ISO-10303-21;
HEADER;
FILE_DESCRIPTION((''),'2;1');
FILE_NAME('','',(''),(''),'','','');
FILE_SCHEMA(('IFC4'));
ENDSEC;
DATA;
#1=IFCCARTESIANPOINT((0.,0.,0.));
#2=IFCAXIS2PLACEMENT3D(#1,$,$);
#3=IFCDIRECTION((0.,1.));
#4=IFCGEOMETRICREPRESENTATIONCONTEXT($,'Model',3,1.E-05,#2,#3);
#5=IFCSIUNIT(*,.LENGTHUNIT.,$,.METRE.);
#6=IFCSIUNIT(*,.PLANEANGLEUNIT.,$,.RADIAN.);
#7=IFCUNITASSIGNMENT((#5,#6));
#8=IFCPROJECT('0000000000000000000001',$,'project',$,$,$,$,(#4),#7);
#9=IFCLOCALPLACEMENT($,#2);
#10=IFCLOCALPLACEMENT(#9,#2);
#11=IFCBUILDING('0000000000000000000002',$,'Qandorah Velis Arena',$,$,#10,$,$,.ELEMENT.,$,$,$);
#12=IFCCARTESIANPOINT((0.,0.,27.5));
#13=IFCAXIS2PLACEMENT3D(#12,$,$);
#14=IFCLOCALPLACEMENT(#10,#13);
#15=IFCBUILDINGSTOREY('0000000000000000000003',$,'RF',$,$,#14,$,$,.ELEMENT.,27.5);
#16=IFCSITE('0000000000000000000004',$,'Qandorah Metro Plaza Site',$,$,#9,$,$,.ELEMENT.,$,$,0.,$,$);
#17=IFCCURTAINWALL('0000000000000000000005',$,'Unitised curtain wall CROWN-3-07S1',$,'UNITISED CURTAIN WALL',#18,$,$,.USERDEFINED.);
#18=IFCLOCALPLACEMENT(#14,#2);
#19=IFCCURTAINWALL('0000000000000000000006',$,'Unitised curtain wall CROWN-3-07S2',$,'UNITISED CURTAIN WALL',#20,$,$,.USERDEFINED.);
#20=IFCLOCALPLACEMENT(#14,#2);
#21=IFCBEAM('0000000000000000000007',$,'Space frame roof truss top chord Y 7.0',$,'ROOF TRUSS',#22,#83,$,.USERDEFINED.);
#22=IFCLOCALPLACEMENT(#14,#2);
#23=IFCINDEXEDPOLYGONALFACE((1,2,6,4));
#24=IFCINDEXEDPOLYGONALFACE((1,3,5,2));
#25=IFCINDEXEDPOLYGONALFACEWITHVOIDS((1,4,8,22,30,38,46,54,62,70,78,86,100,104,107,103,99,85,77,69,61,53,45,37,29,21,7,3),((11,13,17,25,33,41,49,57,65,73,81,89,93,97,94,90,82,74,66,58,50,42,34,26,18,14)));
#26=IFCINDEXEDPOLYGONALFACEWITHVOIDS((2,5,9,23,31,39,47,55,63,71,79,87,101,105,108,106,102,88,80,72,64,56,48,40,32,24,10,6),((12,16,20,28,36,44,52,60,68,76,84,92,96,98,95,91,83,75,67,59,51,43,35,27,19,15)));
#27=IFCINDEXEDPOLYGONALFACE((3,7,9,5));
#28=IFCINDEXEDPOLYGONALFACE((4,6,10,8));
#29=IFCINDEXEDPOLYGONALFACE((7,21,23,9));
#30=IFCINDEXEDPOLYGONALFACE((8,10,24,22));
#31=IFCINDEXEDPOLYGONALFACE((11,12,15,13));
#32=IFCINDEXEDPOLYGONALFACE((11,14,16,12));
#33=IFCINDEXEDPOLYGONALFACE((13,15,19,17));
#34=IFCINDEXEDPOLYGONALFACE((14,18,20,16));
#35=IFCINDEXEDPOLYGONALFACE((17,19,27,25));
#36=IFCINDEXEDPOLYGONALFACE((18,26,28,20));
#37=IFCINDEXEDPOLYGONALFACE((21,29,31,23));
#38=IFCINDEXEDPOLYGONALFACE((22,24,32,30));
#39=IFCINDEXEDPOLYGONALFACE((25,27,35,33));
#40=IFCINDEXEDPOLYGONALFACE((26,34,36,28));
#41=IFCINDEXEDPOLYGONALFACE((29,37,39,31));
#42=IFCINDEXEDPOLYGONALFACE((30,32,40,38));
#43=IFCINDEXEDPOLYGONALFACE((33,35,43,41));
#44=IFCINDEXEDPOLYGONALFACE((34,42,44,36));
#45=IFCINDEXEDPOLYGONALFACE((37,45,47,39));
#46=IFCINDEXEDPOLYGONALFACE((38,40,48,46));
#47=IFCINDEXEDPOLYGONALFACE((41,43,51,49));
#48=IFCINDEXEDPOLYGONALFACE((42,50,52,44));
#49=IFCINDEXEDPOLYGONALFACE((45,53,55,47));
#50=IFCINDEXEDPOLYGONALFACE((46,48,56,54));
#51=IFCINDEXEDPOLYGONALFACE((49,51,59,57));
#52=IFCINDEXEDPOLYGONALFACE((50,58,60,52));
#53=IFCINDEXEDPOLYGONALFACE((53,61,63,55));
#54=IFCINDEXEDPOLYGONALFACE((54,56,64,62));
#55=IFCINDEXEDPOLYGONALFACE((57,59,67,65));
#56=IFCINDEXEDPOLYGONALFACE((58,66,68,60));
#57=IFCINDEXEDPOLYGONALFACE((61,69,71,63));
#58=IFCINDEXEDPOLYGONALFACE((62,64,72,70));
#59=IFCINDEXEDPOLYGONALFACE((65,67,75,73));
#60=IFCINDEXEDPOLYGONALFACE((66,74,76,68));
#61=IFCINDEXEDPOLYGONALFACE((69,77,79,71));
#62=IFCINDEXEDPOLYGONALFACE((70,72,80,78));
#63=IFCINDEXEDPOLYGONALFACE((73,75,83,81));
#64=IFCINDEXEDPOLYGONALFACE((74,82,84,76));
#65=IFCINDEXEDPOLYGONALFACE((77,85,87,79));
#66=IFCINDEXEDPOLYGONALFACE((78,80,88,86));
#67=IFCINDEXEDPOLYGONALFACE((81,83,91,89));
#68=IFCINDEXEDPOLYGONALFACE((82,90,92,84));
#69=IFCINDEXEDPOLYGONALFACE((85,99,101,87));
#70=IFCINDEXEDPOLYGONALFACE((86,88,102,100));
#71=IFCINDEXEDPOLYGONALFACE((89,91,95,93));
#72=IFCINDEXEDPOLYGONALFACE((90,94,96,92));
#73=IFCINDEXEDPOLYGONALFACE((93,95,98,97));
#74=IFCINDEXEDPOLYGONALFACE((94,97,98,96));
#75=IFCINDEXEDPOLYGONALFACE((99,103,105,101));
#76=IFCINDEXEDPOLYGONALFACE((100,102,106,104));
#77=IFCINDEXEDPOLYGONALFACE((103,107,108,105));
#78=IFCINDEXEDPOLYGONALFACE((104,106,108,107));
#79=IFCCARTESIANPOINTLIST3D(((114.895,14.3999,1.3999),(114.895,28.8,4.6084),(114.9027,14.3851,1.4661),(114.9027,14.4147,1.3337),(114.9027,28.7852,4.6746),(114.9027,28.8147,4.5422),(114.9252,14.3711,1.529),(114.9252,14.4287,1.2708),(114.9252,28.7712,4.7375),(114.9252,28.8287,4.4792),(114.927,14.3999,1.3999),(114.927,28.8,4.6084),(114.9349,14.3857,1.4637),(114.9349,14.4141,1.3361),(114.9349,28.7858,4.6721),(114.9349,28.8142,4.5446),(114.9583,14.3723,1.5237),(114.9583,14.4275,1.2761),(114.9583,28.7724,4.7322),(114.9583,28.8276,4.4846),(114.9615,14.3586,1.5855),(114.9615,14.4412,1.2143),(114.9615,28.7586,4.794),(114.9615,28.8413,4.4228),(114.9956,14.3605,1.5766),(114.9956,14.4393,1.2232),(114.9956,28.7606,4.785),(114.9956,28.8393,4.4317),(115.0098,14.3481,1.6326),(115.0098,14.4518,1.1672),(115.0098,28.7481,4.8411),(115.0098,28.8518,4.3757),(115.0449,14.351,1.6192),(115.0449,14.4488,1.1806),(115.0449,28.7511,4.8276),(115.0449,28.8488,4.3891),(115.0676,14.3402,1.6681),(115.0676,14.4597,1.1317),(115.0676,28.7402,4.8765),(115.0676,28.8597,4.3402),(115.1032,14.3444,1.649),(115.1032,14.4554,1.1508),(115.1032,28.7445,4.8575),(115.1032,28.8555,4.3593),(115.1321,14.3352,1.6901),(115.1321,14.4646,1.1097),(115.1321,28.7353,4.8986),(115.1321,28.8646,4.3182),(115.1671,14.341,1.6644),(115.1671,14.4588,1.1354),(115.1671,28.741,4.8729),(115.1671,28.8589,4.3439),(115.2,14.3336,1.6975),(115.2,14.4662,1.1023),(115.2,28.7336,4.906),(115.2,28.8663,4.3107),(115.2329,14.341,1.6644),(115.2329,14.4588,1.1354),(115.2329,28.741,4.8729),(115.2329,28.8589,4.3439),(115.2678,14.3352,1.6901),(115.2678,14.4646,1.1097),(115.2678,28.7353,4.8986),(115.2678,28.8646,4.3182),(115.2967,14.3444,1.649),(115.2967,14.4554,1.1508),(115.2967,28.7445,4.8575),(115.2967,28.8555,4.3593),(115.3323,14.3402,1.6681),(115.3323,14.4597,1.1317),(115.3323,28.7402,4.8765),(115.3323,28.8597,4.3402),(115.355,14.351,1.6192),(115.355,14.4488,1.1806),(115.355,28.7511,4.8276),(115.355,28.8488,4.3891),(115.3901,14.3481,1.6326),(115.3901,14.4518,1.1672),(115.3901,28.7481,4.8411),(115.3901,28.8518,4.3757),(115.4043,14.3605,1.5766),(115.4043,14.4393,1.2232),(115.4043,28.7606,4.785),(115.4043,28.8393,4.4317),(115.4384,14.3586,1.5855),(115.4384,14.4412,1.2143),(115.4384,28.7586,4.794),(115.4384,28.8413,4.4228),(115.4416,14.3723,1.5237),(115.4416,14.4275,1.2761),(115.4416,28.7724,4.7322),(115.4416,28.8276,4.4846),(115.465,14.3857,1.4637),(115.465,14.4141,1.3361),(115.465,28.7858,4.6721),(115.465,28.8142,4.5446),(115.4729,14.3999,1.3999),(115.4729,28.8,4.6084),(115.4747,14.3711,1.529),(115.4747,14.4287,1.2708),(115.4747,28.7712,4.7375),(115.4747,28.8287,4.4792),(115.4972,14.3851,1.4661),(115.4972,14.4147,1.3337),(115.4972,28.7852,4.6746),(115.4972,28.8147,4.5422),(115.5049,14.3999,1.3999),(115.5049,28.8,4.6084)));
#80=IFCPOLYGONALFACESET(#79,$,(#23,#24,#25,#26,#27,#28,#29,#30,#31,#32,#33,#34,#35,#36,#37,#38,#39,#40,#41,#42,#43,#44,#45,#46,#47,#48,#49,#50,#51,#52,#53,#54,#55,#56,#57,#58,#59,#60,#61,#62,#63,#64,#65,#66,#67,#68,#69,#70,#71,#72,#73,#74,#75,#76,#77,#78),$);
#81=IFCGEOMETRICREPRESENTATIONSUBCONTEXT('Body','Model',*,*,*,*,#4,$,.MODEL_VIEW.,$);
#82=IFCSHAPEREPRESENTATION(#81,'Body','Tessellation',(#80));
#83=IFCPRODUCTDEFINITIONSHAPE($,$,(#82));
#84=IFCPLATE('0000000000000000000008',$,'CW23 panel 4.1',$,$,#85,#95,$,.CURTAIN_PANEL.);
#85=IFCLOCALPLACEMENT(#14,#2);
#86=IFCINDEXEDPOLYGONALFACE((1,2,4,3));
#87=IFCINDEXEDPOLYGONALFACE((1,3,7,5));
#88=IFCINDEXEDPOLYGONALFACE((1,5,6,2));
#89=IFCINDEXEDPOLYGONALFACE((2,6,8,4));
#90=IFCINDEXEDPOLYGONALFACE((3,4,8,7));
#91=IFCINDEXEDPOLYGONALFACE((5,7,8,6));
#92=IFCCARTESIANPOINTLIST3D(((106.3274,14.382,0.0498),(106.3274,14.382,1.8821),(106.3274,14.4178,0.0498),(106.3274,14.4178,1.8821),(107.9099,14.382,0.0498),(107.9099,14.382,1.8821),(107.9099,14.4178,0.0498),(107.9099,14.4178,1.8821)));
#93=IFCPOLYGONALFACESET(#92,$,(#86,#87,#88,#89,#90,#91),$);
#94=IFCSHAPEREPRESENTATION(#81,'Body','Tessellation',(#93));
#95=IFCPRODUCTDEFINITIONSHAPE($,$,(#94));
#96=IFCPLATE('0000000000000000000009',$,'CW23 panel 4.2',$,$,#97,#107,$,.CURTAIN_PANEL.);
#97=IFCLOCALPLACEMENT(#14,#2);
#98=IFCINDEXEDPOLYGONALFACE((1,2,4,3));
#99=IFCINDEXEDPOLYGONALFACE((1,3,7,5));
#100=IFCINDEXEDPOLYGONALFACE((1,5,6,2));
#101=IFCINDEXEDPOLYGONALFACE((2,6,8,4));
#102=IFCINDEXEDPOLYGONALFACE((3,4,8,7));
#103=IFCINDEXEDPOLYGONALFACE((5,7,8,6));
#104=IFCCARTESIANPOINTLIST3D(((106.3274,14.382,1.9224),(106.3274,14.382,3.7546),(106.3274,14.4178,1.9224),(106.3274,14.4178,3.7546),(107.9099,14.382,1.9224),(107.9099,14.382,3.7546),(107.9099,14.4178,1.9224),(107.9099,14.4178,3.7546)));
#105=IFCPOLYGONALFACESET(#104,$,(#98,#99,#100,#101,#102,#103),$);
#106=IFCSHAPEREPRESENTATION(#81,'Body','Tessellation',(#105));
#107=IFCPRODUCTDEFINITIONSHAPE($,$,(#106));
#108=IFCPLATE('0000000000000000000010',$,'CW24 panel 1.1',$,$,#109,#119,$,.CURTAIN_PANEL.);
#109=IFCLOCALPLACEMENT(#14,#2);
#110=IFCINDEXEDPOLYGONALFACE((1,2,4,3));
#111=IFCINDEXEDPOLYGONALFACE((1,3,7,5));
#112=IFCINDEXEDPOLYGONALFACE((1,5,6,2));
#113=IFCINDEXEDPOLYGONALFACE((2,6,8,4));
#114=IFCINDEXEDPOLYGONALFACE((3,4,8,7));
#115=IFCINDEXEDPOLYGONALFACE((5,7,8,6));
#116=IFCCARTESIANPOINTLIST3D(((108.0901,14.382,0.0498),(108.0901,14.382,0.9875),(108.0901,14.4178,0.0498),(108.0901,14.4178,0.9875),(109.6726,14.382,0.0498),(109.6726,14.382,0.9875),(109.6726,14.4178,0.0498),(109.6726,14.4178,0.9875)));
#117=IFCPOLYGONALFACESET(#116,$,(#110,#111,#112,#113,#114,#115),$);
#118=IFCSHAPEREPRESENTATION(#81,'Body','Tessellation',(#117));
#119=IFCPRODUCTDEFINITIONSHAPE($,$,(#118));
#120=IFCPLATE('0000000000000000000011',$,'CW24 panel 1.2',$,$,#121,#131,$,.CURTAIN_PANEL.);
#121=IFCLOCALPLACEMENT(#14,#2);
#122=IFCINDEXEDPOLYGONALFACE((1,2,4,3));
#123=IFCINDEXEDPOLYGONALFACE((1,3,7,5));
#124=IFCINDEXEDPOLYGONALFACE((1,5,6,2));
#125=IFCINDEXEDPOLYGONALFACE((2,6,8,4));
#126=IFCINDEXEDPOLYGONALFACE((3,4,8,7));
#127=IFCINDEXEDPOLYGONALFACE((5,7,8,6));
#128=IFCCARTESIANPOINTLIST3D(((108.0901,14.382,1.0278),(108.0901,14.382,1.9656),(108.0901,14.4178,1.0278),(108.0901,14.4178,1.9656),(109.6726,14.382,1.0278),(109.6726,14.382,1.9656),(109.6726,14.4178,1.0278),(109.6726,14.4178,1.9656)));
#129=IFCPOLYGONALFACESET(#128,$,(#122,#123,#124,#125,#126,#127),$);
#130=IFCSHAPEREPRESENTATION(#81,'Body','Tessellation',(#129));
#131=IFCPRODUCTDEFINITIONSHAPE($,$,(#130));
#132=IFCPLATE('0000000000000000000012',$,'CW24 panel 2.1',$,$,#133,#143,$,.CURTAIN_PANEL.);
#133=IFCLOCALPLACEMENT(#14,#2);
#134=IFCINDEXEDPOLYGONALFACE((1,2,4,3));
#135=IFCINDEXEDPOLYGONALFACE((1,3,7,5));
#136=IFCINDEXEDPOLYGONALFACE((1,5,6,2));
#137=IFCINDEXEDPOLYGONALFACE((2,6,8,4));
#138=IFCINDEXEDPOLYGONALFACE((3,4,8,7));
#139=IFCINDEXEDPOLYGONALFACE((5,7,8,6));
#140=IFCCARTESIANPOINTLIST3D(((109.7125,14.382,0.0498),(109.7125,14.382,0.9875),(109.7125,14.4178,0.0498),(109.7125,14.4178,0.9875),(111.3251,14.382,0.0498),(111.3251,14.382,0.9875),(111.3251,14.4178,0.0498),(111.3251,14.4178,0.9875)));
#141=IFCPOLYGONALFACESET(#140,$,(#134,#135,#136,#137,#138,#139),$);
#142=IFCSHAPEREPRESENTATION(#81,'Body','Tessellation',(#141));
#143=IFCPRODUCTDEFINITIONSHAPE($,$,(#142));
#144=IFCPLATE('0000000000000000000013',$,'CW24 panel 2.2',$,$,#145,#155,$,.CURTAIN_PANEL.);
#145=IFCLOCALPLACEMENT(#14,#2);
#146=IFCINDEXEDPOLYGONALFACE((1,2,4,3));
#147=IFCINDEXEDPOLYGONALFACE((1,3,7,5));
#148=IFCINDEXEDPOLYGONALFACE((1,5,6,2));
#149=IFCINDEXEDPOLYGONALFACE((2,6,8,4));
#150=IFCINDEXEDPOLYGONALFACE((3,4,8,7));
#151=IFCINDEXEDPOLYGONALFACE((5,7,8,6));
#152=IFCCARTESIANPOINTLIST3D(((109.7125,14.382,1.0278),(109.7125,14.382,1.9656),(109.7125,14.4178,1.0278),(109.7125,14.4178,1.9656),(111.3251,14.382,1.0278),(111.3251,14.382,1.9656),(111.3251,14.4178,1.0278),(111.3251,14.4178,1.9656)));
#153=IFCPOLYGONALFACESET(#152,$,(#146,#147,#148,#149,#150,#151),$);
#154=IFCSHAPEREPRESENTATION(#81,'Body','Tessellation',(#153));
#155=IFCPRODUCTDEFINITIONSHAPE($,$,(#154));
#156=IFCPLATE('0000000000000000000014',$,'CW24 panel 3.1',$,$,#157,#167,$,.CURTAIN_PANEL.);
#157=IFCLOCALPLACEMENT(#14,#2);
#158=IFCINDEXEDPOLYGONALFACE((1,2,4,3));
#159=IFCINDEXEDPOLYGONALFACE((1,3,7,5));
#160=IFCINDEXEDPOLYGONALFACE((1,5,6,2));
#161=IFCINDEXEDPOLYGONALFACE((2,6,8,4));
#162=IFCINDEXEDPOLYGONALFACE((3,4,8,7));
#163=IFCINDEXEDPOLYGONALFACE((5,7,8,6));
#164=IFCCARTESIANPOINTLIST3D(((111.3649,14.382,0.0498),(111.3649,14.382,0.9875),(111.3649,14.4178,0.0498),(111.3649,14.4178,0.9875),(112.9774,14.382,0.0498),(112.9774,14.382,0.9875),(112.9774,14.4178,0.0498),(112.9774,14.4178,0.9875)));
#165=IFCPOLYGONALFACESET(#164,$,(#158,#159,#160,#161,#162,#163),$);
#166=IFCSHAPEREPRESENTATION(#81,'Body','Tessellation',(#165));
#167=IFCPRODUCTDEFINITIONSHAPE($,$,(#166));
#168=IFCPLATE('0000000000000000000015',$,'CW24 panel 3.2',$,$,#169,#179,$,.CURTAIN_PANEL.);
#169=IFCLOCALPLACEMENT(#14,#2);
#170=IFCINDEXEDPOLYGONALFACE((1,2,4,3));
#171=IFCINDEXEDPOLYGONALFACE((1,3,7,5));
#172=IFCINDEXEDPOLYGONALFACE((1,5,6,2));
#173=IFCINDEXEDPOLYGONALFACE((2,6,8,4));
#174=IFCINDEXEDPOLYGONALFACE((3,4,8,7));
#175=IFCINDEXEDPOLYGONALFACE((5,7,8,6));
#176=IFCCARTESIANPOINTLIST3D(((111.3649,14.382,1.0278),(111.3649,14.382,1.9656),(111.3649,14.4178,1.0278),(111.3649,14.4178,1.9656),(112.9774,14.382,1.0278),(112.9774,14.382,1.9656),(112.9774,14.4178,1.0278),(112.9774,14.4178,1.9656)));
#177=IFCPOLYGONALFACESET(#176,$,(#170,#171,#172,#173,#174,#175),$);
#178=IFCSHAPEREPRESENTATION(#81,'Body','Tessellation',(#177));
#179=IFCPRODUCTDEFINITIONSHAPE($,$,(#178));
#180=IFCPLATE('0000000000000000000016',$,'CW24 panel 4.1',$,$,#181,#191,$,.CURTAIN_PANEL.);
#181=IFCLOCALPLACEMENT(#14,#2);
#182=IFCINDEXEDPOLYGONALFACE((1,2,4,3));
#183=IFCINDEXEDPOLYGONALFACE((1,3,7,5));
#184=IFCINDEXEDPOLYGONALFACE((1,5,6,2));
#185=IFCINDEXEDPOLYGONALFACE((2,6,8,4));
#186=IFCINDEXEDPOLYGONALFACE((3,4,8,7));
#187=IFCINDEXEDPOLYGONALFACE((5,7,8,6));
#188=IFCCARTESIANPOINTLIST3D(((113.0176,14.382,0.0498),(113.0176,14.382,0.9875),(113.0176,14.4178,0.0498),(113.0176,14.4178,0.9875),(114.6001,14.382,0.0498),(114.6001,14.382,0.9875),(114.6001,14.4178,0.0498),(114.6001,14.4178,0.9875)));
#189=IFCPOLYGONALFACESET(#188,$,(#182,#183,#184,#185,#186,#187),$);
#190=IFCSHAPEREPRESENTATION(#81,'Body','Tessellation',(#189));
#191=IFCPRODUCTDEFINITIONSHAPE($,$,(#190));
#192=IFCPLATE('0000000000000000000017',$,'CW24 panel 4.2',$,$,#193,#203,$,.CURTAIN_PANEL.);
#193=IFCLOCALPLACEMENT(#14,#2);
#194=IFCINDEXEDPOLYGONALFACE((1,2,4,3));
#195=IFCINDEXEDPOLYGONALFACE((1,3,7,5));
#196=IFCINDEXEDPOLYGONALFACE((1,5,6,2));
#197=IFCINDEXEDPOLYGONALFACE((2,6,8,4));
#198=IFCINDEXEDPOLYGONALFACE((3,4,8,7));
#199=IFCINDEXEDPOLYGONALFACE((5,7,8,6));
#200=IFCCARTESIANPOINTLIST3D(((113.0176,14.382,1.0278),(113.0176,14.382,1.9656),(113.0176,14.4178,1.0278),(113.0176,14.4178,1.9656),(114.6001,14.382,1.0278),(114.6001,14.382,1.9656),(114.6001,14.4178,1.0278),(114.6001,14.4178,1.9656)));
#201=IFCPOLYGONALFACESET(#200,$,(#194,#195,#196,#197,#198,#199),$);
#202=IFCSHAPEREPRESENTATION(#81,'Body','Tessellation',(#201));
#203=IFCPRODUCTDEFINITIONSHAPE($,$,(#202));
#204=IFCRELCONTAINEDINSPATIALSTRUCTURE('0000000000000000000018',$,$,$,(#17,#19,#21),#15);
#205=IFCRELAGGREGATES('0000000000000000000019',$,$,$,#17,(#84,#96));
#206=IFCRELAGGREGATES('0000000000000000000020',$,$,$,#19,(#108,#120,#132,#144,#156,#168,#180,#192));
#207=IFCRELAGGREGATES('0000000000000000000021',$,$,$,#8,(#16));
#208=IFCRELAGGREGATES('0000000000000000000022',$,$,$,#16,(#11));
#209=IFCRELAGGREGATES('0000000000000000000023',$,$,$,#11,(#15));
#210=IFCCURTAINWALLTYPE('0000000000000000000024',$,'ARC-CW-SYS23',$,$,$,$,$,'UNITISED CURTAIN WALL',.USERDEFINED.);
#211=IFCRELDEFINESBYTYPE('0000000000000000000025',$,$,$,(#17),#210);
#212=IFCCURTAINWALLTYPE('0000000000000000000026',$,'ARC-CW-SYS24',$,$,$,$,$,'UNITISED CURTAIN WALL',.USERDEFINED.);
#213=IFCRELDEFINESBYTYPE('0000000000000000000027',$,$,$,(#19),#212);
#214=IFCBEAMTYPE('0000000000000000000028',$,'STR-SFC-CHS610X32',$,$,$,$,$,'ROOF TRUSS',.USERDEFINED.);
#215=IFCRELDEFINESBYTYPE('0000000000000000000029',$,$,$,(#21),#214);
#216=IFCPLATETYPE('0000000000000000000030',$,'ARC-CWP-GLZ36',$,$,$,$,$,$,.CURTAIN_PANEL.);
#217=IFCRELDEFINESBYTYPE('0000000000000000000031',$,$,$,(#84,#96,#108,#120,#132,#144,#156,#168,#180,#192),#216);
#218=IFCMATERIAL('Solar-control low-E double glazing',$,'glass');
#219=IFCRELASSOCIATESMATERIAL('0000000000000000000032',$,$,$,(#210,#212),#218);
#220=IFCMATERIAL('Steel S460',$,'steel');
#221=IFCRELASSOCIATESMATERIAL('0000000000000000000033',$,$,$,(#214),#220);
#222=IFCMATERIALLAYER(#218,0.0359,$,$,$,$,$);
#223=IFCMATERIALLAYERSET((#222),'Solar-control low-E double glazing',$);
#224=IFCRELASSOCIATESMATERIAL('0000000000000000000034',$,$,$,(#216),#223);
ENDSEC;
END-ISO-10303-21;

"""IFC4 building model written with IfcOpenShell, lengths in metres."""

from ifc_helpers import new_model, si_unit, direction, frame, origin, origin_2d, place, context, subcontext, project, spatial, rectangle, hollow_circle, extrude, material, layer, layer_set, material_profile, profile_set, type_object, element, aggregate, save


model = new_model("IFC4")

# Units and contexts
model_context = context("Model", 3, precision=1e-05, world=origin(), true_north=direction((0.0, 1.0)))
body_context = subcontext(model_context, "Body", "Model", "MODEL_VIEW")
ifc_project = project(units=[si_unit("LENGTHUNIT", "METRE"), si_unit("PLANEANGLEUNIT", "RADIAN")], contexts=[model_context])

# Site, building, storey
site_placement = place(None, origin())
site = spatial("IfcSite", under=ifc_project, at=site_placement, Name="Qandorah Metro Plaza Site", CompositionType="ELEMENT", RefElevation=0.0)
building_placement = place(site_placement, origin())
building = spatial("IfcBuilding", under=site, at=building_placement, Name="Qandorah Velis Arena", CompositionType="ELEMENT")
storey_placement = place(building_placement, frame((0.0, 0.0, 27.5)))
storey = spatial("IfcBuildingStorey", under=building, at=storey_placement, Name="RF", CompositionType="ELEMENT", Elevation=27.5)

# Curtain wall
ifc_material_1 = material(Name="Solar-control low-E double glazing", Category="glass")
curtain_wall_type_1 = type_object("IfcCurtainWallType", Name="ARC-CW-SYS23", ElementType="UNITISED CURTAIN WALL", PredefinedType="USERDEFINED", material=ifc_material_1)
curtain_wall_1_placement = place(storey_placement, origin())
curtain_wall_1 = element("IfcCurtainWall", 1, at=curtain_wall_1_placement, inside=storey, type_object=curtain_wall_type_1, Name="Unitised curtain wall CROWN-3-07S1", ObjectType="UNITISED CURTAIN WALL", PredefinedType="USERDEFINED")

# Curtain wall
curtain_wall_type_2 = type_object("IfcCurtainWallType", Name="ARC-CW-SYS24", ElementType="UNITISED CURTAIN WALL", PredefinedType="USERDEFINED", material=ifc_material_1)
curtain_wall_2_placement = place(storey_placement, origin())
curtain_wall_2 = element("IfcCurtainWall", 2, at=curtain_wall_2_placement, inside=storey, type_object=curtain_wall_type_2, Name="Unitised curtain wall CROWN-3-07S2", ObjectType="UNITISED CURTAIN WALL", PredefinedType="USERDEFINED")

# Beam
ifc_material_2 = material(Name="Steel S460", Category="steel")
ifc_material_profile_1 = material_profile(ifc_material_2, hollow_circle(Radius=0.3049, WallThickness=0.032, at=origin_2d()), Name="CHS 610x32")
ifc_profile_set_1 = profile_set([ifc_material_profile_1], Name="Steel S460")
beam_type_1 = type_object("IfcBeamType", Name="STR-SFC-CHS610X32", ElementType="ROOF TRUSS", PredefinedType="USERDEFINED", material=ifc_profile_set_1)
beam_1_placement = place(storey_placement, frame((115.2, 14.3999, 1.3999), z_axis=(0.0, 0.976065, 0.217477), x_axis=(-1.0, 0.0, 0.0)))
element("IfcBeam", 3, at=beam_1_placement, inside=storey, type_object=beam_type_1, Name="Space frame roof truss top chord Y 7.0", ObjectType="ROOF TRUSS", PredefinedType="USERDEFINED", context=body_context, shape_type="SweptSolid", body=[
    extrude(hollow_circle(Radius=0.3049, WallThickness=0.032, at=origin_2d()), origin(), (0.0, 0.0, 1.0), 14.7532),
])

# Plates
ifc_layer_1 = layer(ifc_material_1, 0.0359)
ifc_layer_set_1 = layer_set([ifc_layer_1], Name="Solar-control low-E double glazing")
plate_type = type_object("IfcPlateType", Name="ARC-CWP-GLZ36", PredefinedType="CURTAIN_PANEL", material=ifc_layer_set_1)
plate_1_placement = place(storey_placement, frame((107.1187, 14.3999, 0.0498), z_axis=(0.0, 0.0, 1.0), x_axis=(1.0, 0.0, 0.0)))
plate_1 = element("IfcPlate", 4, at=plate_1_placement, type_object=plate_type, Name="CW23 panel 4.1", PredefinedType="CURTAIN_PANEL", context=body_context, shape_type="SweptSolid", body=[
    extrude(rectangle(XDim=1.5825, YDim=0.0359, at=origin_2d()), origin(), (0.0, 0.0, 1.0), 1.8323),
])
plate_2_placement = place(storey_placement, frame((107.1187, 14.3999, 1.9224), z_axis=(0.0, 0.0, 1.0), x_axis=(1.0, 0.0, 0.0)))
plate_2 = element("IfcPlate", 5, at=plate_2_placement, type_object=plate_type, Name="CW23 panel 4.2", PredefinedType="CURTAIN_PANEL", context=body_context, shape_type="SweptSolid", body=[
    extrude(rectangle(XDim=1.5825, YDim=0.0359, at=origin_2d()), origin(), (0.0, 0.0, 1.0), 1.8323),
])
aggregate(curtain_wall_1, [plate_1, plate_2])
plate_3_placement = place(storey_placement, frame((108.8813, 14.3999, 0.0498), z_axis=(0.0, 0.0, 1.0), x_axis=(1.0, 0.0, 0.0)))
plate_3 = element("IfcPlate", 6, at=plate_3_placement, type_object=plate_type, Name="CW24 panel 1.1", PredefinedType="CURTAIN_PANEL", context=body_context, shape_type="SweptSolid", body=[
    extrude(rectangle(XDim=1.5825, YDim=0.0359, at=origin_2d()), origin(), (0.0, 0.0, 1.0), 0.9377),
])
plate_4_placement = place(storey_placement, frame((108.8813, 14.3999, 1.0278), z_axis=(0.0, 0.0, 1.0), x_axis=(1.0, 0.0, 0.0)))
plate_4 = element("IfcPlate", 7, at=plate_4_placement, type_object=plate_type, Name="CW24 panel 1.2", PredefinedType="CURTAIN_PANEL", context=body_context, shape_type="SweptSolid", body=[
    extrude(rectangle(XDim=1.5825, YDim=0.0359, at=origin_2d()), origin(), (0.0, 0.0, 1.0), 0.9377),
])
plate_5_placement = place(storey_placement, frame((110.5188, 14.3999, 0.0498), z_axis=(0.0, 0.0, 1.0), x_axis=(1.0, 0.0, 0.0)))
plate_5 = element("IfcPlate", 8, at=plate_5_placement, type_object=plate_type, Name="CW24 panel 2.1", PredefinedType="CURTAIN_PANEL", context=body_context, shape_type="SweptSolid", body=[
    extrude(rectangle(XDim=1.6125, YDim=0.0359, at=origin_2d()), origin(), (0.0, 0.0, 1.0), 0.9377),
])
plate_6_placement = place(storey_placement, frame((110.5188, 14.3999, 1.0278), z_axis=(0.0, 0.0, 1.0), x_axis=(1.0, 0.0, 0.0)))
plate_6 = element("IfcPlate", 9, at=plate_6_placement, type_object=plate_type, Name="CW24 panel 2.2", PredefinedType="CURTAIN_PANEL", context=body_context, shape_type="SweptSolid", body=[
    extrude(rectangle(XDim=1.6125, YDim=0.0359, at=origin_2d()), origin(), (0.0, 0.0, 1.0), 0.9377),
])
plate_7_placement = place(storey_placement, frame((112.1711, 14.3999, 0.0498), z_axis=(0.0, 0.0, 1.0), x_axis=(1.0, 0.0, 0.0)))
plate_7 = element("IfcPlate", 10, at=plate_7_placement, type_object=plate_type, Name="CW24 panel 3.1", PredefinedType="CURTAIN_PANEL", context=body_context, shape_type="SweptSolid", body=[
    extrude(rectangle(XDim=1.6125, YDim=0.0359, at=origin_2d()), origin(), (0.0, 0.0, 1.0), 0.9377),
])
plate_8_placement = place(storey_placement, frame((112.1711, 14.3999, 1.0278), z_axis=(0.0, 0.0, 1.0), x_axis=(1.0, 0.0, 0.0)))
plate_8 = element("IfcPlate", 11, at=plate_8_placement, type_object=plate_type, Name="CW24 panel 3.2", PredefinedType="CURTAIN_PANEL", context=body_context, shape_type="SweptSolid", body=[
    extrude(rectangle(XDim=1.6125, YDim=0.0359, at=origin_2d()), origin(), (0.0, 0.0, 1.0), 0.9377),
])
plate_9_placement = place(storey_placement, frame((113.8088, 14.3999, 0.0498), z_axis=(0.0, 0.0, 1.0), x_axis=(1.0, 0.0, 0.0)))
plate_9 = element("IfcPlate", 12, at=plate_9_placement, type_object=plate_type, Name="CW24 panel 4.1", PredefinedType="CURTAIN_PANEL", context=body_context, shape_type="SweptSolid", body=[
    extrude(rectangle(XDim=1.5825, YDim=0.0359, at=origin_2d()), origin(), (0.0, 0.0, 1.0), 0.9377),
])
plate_10_placement = place(storey_placement, frame((113.8088, 14.3999, 1.0278), z_axis=(0.0, 0.0, 1.0), x_axis=(1.0, 0.0, 0.0)))
plate_10 = element("IfcPlate", 13, at=plate_10_placement, type_object=plate_type, Name="CW24 panel 4.2", PredefinedType="CURTAIN_PANEL", context=body_context, shape_type="SweptSolid", body=[
    extrude(rectangle(XDim=1.5825, YDim=0.0359, at=origin_2d()), origin(), (0.0, 0.0, 1.0), 0.9377),
])
aggregate(curtain_wall_2, [plate_3, plate_4, plate_5, plate_6, plate_7, plate_8, plate_9, plate_10])

save(model, "model.ifc")
